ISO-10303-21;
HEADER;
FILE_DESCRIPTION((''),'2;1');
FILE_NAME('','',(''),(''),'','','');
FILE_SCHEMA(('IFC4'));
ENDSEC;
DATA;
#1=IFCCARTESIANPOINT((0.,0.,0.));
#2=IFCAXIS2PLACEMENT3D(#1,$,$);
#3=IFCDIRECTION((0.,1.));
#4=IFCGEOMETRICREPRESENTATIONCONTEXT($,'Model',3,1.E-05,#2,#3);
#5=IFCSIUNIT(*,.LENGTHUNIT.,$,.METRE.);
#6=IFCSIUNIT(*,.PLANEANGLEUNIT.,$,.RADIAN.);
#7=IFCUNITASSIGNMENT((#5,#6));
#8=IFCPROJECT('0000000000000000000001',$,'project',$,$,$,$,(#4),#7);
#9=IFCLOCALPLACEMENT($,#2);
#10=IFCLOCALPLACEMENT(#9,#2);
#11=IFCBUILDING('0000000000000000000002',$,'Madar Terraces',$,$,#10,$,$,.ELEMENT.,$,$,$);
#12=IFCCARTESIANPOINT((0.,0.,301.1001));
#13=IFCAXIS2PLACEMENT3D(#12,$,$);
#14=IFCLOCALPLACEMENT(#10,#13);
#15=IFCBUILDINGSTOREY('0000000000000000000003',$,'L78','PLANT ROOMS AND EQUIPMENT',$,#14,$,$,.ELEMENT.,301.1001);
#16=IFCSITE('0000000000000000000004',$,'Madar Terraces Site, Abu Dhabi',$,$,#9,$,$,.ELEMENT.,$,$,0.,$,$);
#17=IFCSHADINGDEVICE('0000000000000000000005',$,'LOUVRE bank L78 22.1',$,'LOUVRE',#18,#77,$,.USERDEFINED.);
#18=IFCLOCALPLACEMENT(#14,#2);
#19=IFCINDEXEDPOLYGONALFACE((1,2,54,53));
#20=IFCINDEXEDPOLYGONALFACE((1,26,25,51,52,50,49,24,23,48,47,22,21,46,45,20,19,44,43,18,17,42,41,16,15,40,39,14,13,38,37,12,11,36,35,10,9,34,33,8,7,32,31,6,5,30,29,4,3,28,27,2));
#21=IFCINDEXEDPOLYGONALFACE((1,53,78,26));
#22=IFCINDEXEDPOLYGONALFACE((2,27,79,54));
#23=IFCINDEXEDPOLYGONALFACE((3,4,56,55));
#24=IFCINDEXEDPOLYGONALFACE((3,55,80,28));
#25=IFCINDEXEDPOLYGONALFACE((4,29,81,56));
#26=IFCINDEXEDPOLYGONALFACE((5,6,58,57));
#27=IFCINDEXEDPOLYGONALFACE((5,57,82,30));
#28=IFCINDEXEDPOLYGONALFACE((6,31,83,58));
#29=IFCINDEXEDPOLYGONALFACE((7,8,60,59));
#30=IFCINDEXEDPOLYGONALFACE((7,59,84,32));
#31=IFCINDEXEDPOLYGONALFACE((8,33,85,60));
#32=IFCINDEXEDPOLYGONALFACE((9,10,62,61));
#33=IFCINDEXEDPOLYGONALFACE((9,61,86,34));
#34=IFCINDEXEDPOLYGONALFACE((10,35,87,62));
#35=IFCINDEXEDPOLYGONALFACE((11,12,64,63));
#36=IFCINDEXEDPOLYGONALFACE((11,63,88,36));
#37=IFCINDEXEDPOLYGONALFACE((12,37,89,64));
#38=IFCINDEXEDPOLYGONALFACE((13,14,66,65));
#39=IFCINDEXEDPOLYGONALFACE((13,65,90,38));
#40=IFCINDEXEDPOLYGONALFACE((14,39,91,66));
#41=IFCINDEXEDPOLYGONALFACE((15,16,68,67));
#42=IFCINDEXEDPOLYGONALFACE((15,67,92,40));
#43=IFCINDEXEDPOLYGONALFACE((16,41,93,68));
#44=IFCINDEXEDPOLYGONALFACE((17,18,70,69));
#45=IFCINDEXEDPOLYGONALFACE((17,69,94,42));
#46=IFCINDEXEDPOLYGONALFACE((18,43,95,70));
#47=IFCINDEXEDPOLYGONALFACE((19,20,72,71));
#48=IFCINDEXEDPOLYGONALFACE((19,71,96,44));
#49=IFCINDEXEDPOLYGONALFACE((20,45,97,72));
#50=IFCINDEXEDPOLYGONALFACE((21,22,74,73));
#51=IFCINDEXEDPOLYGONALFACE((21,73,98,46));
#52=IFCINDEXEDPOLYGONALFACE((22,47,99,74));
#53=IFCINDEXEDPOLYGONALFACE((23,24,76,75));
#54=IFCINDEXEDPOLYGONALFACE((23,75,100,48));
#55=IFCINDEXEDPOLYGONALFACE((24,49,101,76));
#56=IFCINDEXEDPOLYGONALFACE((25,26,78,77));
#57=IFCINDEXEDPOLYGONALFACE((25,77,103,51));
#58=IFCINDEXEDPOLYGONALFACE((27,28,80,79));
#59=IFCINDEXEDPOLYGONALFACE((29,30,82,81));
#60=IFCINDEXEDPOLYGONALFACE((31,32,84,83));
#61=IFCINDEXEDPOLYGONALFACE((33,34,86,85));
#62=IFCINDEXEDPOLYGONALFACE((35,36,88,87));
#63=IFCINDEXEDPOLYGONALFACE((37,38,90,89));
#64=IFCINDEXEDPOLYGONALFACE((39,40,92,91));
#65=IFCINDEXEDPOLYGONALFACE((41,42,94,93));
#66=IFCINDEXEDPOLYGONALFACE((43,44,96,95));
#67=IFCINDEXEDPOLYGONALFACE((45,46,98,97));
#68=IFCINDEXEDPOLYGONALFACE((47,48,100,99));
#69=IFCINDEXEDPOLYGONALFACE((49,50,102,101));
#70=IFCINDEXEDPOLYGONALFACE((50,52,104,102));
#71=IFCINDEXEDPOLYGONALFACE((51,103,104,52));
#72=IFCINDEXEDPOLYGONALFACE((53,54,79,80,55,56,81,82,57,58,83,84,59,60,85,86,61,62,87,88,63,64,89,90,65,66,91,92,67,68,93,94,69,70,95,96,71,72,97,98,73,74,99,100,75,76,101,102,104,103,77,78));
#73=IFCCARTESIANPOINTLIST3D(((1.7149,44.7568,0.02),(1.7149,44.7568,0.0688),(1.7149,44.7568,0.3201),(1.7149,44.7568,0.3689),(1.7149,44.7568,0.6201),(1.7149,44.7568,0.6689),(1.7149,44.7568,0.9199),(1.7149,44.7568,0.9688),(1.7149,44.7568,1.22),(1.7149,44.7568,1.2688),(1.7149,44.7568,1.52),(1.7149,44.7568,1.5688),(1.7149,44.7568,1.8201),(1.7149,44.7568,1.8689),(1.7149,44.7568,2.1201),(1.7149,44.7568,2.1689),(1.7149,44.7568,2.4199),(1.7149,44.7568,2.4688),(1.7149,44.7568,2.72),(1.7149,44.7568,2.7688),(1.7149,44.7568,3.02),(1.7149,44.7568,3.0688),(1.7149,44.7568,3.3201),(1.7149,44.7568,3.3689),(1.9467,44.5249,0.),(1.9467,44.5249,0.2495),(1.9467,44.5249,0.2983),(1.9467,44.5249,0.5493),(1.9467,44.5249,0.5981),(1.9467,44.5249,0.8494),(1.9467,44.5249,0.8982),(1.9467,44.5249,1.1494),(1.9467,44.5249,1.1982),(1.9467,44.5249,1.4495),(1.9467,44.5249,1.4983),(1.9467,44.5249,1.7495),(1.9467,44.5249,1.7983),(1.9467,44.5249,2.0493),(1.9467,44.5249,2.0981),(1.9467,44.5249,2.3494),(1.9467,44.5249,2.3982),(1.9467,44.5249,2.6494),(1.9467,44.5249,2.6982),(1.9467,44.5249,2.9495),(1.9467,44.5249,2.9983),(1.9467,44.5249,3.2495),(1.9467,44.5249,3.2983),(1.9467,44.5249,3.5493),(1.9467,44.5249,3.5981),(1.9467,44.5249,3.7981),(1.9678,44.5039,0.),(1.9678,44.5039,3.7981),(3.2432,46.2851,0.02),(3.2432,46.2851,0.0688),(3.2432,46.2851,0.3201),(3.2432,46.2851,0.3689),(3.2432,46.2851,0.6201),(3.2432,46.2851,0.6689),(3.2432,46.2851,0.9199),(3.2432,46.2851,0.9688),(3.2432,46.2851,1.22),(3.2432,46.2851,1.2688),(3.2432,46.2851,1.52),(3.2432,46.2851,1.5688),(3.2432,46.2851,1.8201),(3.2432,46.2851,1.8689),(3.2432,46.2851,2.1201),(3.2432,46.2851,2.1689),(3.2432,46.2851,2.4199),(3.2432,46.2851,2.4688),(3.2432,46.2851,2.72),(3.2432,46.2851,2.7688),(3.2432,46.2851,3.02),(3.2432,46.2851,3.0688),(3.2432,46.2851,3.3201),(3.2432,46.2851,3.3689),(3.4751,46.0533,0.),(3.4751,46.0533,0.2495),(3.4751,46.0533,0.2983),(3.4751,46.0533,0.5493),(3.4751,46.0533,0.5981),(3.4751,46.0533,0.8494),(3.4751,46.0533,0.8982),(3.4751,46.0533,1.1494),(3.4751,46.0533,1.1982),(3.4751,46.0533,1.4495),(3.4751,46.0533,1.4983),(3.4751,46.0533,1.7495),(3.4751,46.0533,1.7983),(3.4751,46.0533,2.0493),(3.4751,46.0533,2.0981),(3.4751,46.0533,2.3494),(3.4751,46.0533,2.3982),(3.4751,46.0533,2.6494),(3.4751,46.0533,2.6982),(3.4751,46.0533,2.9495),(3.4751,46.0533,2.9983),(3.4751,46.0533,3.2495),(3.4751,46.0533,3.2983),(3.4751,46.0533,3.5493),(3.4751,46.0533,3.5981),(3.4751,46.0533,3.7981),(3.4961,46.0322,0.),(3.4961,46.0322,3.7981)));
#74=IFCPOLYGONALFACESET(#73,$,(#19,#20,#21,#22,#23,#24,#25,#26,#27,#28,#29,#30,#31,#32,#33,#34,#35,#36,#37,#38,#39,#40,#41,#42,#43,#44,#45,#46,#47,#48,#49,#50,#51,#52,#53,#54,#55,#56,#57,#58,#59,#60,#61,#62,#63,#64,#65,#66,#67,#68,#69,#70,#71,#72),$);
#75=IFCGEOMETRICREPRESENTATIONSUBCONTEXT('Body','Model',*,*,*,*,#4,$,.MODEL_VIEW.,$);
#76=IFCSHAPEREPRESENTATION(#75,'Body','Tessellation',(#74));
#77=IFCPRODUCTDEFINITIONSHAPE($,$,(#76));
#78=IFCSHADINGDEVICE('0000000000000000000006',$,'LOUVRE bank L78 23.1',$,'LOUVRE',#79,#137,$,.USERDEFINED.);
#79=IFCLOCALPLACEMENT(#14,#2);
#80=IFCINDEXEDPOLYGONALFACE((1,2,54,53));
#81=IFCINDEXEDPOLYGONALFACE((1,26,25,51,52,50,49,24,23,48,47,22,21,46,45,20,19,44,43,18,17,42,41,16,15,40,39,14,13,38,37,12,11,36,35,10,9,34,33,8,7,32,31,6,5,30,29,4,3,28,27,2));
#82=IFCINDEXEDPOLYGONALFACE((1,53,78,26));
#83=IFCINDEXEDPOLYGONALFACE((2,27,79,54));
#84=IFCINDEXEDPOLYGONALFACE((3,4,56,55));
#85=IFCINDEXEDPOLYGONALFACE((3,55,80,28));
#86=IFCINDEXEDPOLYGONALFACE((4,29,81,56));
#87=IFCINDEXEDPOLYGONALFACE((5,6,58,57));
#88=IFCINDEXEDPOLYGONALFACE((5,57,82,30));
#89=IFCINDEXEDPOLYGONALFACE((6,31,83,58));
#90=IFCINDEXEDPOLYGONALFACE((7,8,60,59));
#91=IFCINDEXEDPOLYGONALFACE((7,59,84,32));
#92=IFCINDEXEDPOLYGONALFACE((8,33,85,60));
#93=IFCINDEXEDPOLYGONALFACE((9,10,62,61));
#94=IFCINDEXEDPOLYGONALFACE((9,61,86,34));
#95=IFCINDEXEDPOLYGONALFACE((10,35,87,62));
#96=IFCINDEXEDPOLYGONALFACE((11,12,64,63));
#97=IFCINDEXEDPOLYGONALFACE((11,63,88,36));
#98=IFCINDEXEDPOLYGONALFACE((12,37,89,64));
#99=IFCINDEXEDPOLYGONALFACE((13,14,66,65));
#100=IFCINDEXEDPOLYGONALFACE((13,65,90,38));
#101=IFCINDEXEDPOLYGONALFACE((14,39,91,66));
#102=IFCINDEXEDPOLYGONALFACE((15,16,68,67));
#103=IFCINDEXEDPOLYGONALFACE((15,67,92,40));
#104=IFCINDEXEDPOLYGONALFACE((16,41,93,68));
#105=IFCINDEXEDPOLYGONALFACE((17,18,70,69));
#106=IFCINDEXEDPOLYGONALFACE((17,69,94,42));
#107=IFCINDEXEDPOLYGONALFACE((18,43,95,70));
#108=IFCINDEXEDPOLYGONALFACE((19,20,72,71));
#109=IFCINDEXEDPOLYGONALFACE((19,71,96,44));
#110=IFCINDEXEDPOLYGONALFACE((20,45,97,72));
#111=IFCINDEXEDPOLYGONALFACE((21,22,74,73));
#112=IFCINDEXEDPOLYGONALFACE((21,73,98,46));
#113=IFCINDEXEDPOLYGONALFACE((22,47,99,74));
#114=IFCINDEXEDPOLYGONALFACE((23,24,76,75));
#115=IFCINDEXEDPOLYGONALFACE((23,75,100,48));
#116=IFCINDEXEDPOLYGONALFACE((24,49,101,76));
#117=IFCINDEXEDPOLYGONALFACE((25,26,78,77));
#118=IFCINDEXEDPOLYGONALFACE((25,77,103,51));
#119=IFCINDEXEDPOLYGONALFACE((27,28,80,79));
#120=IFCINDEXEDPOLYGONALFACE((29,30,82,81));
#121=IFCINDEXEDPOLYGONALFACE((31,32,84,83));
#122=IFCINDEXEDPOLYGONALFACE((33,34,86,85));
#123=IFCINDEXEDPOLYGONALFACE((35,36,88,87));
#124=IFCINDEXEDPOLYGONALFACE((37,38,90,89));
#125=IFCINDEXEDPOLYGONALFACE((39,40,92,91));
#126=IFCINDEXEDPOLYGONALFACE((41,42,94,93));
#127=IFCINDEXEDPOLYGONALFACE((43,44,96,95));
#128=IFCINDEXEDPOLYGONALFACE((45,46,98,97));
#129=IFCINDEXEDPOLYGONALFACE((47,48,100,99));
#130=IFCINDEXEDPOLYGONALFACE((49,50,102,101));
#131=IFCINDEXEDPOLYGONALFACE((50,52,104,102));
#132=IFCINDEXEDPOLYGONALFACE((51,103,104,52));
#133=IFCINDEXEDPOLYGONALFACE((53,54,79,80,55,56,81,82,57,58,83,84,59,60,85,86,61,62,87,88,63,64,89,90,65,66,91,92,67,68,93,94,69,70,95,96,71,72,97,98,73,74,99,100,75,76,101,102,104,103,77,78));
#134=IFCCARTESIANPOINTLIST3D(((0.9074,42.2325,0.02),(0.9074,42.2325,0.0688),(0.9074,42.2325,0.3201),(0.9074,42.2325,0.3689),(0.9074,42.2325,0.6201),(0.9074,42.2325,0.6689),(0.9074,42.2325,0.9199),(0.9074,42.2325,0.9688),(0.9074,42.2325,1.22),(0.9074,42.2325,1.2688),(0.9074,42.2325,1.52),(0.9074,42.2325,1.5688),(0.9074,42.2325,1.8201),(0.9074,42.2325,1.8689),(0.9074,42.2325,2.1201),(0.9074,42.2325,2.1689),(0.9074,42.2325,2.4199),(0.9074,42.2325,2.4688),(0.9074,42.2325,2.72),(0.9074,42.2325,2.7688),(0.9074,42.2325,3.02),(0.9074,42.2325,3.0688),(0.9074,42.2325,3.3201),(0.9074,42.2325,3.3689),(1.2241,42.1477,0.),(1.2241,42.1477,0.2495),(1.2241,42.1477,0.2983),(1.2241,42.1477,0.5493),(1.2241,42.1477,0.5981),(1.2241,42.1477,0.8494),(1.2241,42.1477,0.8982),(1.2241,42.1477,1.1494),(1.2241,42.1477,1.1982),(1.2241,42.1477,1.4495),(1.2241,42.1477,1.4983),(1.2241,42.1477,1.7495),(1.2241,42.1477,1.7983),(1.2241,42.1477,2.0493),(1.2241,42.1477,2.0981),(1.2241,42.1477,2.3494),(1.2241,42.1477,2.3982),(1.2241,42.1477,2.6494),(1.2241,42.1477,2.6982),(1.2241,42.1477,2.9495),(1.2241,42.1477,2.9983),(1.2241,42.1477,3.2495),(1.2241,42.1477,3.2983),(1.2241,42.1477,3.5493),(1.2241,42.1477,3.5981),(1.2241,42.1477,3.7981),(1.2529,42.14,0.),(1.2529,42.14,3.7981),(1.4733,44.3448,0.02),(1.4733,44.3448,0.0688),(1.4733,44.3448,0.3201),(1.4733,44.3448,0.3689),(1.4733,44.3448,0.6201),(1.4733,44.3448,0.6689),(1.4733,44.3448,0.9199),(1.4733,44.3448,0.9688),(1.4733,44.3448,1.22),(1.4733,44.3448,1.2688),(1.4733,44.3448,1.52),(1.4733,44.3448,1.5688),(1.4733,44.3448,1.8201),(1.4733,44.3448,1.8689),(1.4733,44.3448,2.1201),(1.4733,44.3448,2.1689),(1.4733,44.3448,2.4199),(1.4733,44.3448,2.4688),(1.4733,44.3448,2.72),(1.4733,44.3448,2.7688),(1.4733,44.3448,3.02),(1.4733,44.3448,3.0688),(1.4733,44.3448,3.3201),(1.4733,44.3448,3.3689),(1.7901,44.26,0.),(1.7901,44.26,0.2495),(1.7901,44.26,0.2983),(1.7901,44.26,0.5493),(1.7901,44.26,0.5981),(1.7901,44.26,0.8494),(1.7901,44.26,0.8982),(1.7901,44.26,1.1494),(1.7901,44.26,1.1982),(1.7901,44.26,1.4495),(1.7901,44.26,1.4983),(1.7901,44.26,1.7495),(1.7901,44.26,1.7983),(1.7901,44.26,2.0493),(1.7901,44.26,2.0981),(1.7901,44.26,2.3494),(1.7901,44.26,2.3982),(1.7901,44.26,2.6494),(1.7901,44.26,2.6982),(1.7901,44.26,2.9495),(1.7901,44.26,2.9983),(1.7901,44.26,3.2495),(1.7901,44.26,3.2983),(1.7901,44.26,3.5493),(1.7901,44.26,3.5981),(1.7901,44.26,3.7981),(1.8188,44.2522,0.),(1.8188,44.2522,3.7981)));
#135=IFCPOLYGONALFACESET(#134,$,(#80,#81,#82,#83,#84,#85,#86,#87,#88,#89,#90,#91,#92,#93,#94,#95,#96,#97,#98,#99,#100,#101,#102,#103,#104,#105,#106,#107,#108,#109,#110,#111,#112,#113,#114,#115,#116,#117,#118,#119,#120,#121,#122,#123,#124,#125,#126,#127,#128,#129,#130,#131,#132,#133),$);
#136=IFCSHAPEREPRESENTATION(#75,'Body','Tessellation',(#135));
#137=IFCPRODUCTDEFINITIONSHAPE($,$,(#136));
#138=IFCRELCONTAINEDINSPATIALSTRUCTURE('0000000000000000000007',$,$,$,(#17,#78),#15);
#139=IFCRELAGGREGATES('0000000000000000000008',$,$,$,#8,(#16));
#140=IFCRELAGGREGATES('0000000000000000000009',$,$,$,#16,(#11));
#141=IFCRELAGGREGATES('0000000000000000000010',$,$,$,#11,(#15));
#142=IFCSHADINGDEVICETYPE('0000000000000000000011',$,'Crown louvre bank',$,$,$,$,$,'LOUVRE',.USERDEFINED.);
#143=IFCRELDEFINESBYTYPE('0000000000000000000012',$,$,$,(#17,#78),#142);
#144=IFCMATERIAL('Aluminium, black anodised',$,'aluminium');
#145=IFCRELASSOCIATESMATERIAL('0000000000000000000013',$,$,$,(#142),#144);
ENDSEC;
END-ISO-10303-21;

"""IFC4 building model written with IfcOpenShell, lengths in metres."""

from ifc_helpers import new_model, si_unit, direction, frame, origin, place, context, subcontext, project, spatial, polyline, outline, extrude, material, type_object, element, save


model = new_model("IFC4")

# Units and contexts
model_context = context("Model", 3, precision=1e-05, world=origin(), true_north=direction((0.0, 1.0)))
body_context = subcontext(model_context, "Body", "Model", "MODEL_VIEW")
ifc_project = project(units=[si_unit("LENGTHUNIT", "METRE"), si_unit("PLANEANGLEUNIT", "RADIAN")], contexts=[model_context])

# Site, building, storey
site_placement = place(None, origin())
site = spatial("IfcSite", under=ifc_project, at=site_placement, Name="Madar Terraces Site, Abu Dhabi", CompositionType="ELEMENT", RefElevation=0.0)
building_placement = place(site_placement, origin())
building = spatial("IfcBuilding", under=site, at=building_placement, Name="Madar Terraces", CompositionType="ELEMENT")
storey_placement = place(building_placement, frame((0.0, 0.0, 301.1001)))
storey = spatial("IfcBuildingStorey", under=building, at=storey_placement, Name="L78", Description="PLANT ROOMS AND EQUIPMENT", CompositionType="ELEMENT", Elevation=301.1001)

# Shading devices
ifc_material_1 = material(Name="Aluminium, black anodised", Category="aluminium")
shading_device_type = type_object("IfcShadingDeviceType", Name="Crown louvre bank", ElementType="LOUVRE", PredefinedType="USERDEFINED", material=ifc_material_1)
shading_device_1_placement = place(storey_placement, frame((3.4856, 46.0427, 0.0), z_axis=(-0.707107, -0.707107, 0.0), x_axis=(0.707107, -0.707107, 0.0)))
element("IfcShadingDevice", 1, at=shading_device_1_placement, inside=storey, type_object=shading_device_type, Name="LOUVRE bank L78 22.1", ObjectType="LOUVRE", PredefinedType="USERDEFINED", context=body_context, shape_type="SweptSolid", body=[
    extrude(outline(polyline([(0.0149, 0.0), (-0.0149, 0.0), (-0.0149, 0.2495), (-0.3428, 0.02), (-0.3428, 0.0688), (-0.0149, 0.2983), (-0.0149, 0.5493), (-0.3428, 0.3201), (-0.3428, 0.3689), (-0.0149, 0.5981), (-0.0149, 0.8494), (-0.3428, 0.6201), (-0.3428, 0.6689), (-0.0149, 0.8982), (-0.0149, 1.1494), (-0.3428, 0.9199), (-0.3428, 0.9688), (-0.0149, 1.1982), (-0.0149, 1.4495), (-0.3428, 1.22), (-0.3428, 1.2688), (-0.0149, 1.4983), (-0.0149, 1.7495), (-0.3428, 1.52), (-0.3428, 1.5688), (-0.0149, 1.7983), (-0.0149, 2.0493), (-0.3428, 1.8201), (-0.3428, 1.8689), (-0.0149, 2.0981), (-0.0149, 2.3494), (-0.3428, 2.1201), (-0.3428, 2.1689), (-0.0149, 2.3982), (-0.0149, 2.6494), (-0.3428, 2.4199), (-0.3428, 2.4688), (-0.0149, 2.6982), (-0.0149, 2.9495), (-0.3428, 2.72), (-0.3428, 2.7688), (-0.0149, 2.9983), (-0.0149, 3.2495), (-0.3428, 3.02), (-0.3428, 3.0688), (-0.0149, 3.2983), (-0.0149, 3.5493), (-0.3428, 3.3201), (-0.3428, 3.3689), (-0.0149, 3.5981), (-0.0149, 3.7981), (0.0149, 3.7981), (0.0149, 0.0)])), origin(), (0.0, 0.0, 1.0), 2.1614),
])
shading_device_2_placement = place(storey_placement, frame((1.8044, 44.2561, 0.0), z_axis=(-0.258788, -0.965934, 0.0), x_axis=(0.965934, -0.258788, 0.0)))
element("IfcShadingDevice", 2, at=shading_device_2_placement, inside=storey, type_object=shading_device_type, Name="LOUVRE bank L78 23.1", ObjectType="LOUVRE", PredefinedType="USERDEFINED", context=body_context, shape_type="SweptSolid", body=[
    extrude(outline(polyline([(0.0149, 0.0), (-0.0149, 0.0), (-0.0149, 0.2495), (-0.3428, 0.02), (-0.3428, 0.0688), (-0.0149, 0.2983), (-0.0149, 0.5493), (-0.3428, 0.3201), (-0.3428, 0.3689), (-0.0149, 0.5981), (-0.0149, 0.8494), (-0.3428, 0.6201), (-0.3428, 0.6689), (-0.0149, 0.8982), (-0.0149, 1.1494), (-0.3428, 0.9199), (-0.3428, 0.9688), (-0.0149, 1.1982), (-0.0149, 1.4495), (-0.3428, 1.22), (-0.3428, 1.2688), (-0.0149, 1.4983), (-0.0149, 1.7495), (-0.3428, 1.52), (-0.3428, 1.5688), (-0.0149, 1.7983), (-0.0149, 2.0493), (-0.3428, 1.8201), (-0.3428, 1.8689), (-0.0149, 2.0981), (-0.0149, 2.3494), (-0.3428, 2.1201), (-0.3428, 2.1689), (-0.0149, 2.3982), (-0.0149, 2.6494), (-0.3428, 2.4199), (-0.3428, 2.4688), (-0.0149, 2.6982), (-0.0149, 2.9495), (-0.3428, 2.72), (-0.3428, 2.7688), (-0.0149, 2.9983), (-0.0149, 3.2495), (-0.3428, 3.02), (-0.3428, 3.0688), (-0.0149, 3.2983), (-0.0149, 3.5493), (-0.3428, 3.3201), (-0.3428, 3.3689), (-0.0149, 3.5981), (-0.0149, 3.7981), (0.0149, 3.7981), (0.0149, 0.0)])), origin(), (0.0, 0.0, 1.0), 2.1868),
])

save(model, "model.ifc")
